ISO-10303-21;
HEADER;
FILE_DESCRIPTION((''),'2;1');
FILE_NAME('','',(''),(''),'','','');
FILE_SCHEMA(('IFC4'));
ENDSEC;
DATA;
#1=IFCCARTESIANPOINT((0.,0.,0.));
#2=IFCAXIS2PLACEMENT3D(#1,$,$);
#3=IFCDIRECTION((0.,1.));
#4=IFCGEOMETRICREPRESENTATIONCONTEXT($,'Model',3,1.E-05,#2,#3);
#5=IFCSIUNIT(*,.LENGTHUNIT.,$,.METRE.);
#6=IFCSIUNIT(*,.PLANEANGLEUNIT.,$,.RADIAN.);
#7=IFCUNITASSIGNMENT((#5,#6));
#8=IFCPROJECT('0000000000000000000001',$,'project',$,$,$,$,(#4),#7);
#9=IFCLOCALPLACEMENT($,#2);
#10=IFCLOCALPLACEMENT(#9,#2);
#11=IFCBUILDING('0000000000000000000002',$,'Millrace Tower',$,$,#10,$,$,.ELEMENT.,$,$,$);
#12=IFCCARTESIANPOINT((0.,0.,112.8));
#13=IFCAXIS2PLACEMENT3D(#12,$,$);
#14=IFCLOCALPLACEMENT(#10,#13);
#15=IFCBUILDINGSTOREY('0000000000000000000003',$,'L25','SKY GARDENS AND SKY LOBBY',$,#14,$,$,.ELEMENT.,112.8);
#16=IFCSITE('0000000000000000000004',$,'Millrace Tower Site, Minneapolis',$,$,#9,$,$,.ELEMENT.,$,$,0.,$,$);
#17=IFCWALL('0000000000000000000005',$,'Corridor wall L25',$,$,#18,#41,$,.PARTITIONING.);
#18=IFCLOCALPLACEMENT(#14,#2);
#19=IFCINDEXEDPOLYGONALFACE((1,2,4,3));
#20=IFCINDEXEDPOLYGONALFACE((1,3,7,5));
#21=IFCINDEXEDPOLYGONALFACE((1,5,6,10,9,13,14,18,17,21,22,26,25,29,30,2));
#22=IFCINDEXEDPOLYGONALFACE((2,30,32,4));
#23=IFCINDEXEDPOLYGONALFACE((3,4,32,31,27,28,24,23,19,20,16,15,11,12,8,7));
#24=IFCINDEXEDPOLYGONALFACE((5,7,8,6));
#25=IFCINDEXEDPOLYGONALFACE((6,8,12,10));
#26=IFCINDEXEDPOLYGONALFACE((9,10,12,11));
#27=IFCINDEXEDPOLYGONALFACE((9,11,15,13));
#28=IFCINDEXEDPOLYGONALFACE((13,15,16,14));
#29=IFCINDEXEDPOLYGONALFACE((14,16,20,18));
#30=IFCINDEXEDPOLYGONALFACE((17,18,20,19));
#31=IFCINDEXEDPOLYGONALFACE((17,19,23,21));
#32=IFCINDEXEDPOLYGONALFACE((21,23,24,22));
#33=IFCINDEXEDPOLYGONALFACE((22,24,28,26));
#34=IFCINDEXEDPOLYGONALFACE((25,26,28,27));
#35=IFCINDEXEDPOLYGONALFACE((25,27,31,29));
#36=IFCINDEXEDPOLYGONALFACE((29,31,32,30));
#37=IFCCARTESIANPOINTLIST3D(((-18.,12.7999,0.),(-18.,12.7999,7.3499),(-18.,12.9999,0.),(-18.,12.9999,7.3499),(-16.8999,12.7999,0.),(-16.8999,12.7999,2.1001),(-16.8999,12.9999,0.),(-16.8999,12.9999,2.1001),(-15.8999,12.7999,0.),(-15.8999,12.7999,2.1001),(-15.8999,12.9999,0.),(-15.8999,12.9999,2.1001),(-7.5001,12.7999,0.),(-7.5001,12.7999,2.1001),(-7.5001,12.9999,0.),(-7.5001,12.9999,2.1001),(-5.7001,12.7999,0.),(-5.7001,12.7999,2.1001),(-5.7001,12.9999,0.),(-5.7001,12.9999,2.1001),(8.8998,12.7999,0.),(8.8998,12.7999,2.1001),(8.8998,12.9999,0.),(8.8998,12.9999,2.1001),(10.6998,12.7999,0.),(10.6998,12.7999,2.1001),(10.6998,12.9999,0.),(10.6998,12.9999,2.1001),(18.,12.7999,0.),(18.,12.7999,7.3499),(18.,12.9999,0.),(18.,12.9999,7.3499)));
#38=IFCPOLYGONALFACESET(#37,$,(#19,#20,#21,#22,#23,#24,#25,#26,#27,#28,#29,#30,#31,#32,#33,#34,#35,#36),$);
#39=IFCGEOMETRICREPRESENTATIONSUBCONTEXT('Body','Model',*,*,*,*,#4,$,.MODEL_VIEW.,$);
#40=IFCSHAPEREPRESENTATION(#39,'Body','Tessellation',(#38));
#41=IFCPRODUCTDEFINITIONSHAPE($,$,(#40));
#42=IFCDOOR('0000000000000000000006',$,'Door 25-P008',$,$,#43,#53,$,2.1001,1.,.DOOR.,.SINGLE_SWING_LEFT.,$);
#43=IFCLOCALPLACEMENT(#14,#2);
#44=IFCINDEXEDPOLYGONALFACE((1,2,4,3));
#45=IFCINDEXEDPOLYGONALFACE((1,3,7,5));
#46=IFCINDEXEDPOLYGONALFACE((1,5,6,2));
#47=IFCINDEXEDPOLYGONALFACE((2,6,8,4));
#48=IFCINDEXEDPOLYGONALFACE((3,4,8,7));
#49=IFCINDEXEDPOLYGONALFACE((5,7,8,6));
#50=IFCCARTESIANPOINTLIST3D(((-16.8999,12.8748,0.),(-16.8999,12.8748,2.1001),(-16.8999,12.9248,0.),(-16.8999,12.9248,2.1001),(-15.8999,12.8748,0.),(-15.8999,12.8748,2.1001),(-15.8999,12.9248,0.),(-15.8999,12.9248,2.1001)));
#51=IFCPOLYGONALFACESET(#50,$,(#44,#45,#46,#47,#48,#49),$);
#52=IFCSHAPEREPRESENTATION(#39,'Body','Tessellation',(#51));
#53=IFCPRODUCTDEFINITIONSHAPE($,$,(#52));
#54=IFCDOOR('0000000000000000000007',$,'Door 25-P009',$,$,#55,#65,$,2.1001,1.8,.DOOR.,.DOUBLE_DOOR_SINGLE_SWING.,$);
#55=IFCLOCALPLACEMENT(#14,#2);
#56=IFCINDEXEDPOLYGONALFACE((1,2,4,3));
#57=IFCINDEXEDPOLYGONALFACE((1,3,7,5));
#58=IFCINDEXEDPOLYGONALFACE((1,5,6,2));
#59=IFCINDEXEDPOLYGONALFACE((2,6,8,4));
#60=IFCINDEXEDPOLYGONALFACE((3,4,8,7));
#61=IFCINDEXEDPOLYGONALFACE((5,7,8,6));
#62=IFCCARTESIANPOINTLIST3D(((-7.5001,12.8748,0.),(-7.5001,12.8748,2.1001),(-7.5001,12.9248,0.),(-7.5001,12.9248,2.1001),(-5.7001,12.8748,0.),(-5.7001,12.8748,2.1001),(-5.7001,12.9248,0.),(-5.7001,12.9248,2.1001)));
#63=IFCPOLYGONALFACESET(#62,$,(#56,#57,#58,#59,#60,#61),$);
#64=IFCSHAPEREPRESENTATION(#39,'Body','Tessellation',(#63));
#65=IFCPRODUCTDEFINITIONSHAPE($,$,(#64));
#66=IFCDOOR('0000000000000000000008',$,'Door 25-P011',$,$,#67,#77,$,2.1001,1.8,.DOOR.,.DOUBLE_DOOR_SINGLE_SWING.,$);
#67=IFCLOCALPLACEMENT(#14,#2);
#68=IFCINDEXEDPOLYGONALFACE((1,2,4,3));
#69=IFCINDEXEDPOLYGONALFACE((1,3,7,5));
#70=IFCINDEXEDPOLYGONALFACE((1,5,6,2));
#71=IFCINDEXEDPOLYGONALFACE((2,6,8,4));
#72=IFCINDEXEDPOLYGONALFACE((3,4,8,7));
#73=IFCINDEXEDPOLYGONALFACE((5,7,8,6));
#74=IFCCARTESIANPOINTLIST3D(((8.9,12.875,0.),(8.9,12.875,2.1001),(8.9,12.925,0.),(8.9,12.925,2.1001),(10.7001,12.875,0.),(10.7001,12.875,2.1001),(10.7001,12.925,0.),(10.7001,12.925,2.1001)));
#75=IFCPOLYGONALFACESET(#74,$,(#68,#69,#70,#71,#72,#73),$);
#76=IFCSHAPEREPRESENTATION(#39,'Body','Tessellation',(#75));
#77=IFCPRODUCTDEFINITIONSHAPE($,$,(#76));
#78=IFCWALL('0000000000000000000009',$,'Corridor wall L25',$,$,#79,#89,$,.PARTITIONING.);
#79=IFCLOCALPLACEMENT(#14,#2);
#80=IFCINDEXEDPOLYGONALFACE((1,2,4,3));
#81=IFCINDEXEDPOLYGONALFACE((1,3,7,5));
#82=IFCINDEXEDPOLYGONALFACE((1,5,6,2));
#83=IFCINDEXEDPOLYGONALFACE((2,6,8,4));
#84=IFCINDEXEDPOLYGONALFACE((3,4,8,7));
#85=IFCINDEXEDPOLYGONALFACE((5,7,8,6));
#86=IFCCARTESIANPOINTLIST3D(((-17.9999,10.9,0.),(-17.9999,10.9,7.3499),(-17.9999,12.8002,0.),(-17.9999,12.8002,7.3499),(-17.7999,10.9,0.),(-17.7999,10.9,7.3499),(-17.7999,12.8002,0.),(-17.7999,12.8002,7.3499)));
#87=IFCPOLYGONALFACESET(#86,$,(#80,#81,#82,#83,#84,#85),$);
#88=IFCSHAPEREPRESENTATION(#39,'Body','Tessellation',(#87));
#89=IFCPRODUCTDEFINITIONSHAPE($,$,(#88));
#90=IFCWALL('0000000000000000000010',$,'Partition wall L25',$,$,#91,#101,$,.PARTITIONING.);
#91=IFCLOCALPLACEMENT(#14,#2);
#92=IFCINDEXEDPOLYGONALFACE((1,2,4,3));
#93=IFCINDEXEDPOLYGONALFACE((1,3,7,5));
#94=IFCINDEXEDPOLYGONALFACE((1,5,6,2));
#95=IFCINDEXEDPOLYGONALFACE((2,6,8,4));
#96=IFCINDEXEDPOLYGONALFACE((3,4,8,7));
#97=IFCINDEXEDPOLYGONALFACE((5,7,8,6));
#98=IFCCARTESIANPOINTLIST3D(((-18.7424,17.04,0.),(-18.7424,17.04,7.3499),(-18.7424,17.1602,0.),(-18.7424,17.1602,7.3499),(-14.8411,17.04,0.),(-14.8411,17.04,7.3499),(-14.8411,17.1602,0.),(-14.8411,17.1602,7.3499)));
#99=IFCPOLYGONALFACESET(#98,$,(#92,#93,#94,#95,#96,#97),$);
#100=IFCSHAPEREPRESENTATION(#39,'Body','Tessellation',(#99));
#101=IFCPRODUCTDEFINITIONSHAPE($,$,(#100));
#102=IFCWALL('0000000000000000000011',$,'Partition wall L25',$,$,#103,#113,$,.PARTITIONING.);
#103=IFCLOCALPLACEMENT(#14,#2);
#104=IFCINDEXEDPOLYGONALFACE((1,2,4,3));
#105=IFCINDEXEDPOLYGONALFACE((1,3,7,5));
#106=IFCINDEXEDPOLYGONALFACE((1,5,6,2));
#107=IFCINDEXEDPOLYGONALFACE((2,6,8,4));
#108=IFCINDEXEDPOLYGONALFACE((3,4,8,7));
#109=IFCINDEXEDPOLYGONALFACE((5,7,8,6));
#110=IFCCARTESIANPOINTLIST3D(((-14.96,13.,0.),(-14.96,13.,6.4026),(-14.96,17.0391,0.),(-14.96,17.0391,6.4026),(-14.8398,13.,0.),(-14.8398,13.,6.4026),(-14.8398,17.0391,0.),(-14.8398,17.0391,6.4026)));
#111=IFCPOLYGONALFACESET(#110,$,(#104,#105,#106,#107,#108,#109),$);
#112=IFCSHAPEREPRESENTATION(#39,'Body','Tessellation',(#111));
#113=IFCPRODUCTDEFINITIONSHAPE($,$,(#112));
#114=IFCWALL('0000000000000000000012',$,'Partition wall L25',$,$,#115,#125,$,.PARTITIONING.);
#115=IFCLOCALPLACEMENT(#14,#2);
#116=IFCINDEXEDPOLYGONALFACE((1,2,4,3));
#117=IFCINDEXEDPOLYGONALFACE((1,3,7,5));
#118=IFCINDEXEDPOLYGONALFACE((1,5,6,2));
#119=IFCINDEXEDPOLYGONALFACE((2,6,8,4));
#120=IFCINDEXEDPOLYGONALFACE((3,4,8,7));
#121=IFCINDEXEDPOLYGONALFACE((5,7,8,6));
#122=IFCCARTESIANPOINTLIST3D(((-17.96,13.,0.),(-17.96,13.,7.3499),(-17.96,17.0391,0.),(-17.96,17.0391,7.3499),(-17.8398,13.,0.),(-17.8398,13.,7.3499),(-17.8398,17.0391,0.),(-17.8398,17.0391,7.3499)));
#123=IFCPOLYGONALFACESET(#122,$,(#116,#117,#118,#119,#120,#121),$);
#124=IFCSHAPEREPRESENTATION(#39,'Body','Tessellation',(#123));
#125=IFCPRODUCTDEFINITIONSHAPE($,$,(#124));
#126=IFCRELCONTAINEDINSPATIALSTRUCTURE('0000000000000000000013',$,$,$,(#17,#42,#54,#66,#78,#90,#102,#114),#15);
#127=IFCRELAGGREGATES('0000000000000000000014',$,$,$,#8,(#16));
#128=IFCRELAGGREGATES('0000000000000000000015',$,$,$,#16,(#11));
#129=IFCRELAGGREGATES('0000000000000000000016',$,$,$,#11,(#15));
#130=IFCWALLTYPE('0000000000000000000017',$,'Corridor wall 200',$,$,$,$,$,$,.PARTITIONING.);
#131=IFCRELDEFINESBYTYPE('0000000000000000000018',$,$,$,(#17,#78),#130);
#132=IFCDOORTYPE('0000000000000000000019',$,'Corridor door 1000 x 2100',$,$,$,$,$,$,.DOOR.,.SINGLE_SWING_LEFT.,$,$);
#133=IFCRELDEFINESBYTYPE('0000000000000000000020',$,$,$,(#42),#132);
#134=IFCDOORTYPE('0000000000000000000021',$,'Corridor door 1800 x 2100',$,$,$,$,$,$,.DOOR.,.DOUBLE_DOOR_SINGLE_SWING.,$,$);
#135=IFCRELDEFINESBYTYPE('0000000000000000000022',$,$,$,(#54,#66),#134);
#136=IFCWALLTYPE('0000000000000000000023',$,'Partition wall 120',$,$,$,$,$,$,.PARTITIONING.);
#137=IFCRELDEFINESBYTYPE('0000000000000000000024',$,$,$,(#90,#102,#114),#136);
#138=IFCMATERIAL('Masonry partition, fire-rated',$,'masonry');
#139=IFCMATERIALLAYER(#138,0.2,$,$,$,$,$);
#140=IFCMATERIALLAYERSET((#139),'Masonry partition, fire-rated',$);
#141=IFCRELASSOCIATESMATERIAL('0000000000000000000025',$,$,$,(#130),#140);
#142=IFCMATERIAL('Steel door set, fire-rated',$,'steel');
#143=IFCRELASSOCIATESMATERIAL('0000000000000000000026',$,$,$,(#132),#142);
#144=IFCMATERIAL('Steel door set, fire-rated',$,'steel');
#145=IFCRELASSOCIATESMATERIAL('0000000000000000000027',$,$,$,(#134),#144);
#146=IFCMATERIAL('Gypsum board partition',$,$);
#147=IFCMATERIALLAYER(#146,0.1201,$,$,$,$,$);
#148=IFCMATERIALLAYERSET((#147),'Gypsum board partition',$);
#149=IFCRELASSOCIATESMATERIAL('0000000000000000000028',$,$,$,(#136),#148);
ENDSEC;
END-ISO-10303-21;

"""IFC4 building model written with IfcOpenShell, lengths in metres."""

from ifc_helpers import new_model, si_unit, direction, frame, frame_2d, origin, place, context, subcontext, project, spatial, rectangle, extrude, material, layer, layer_set, type_object, element, fill, save


model = new_model("IFC4")

# Units and contexts
model_context = context("Model", 3, precision=1e-05, world=origin(), true_north=direction((0.0, 1.0)))
body_context = subcontext(model_context, "Body", "Model", "MODEL_VIEW")
ifc_project = project(units=[si_unit("LENGTHUNIT", "METRE"), si_unit("PLANEANGLEUNIT", "RADIAN")], contexts=[model_context])

# Site, building, storey
site_placement = place(None, origin())
site = spatial("IfcSite", under=ifc_project, at=site_placement, Name="Millrace Tower Site, Minneapolis", CompositionType="ELEMENT", RefElevation=0.0)
building_placement = place(site_placement, origin())
building = spatial("IfcBuilding", under=site, at=building_placement, Name="Millrace Tower", CompositionType="ELEMENT")
storey_placement = place(building_placement, frame((0.0, 0.0, 112.8)))
storey = spatial("IfcBuildingStorey", under=building, at=storey_placement, Name="L25", Description="SKY GARDENS AND SKY LOBBY", CompositionType="ELEMENT", Elevation=112.8)

# Shared definitions
ifc_material_1 = material(Name="Masonry partition, fire-rated", Category="masonry")
ifc_layer_1 = layer(ifc_material_1, 0.2)
ifc_layer_set_1 = layer_set([ifc_layer_1], Name="Masonry partition, fire-rated")
wall_type_1 = type_object("IfcWallType", Name="Corridor wall 200", PredefinedType="PARTITIONING", material=ifc_layer_set_1)
ifc_material_2 = material(Name="Steel door set, fire-rated", Category="steel")
door_type_1 = type_object("IfcDoorType", Name="Corridor door 1000 x 2100", OperationType="SINGLE_SWING_LEFT", PredefinedType="DOOR", material=ifc_material_2)

# Wall, openings, doors
wall_1_placement = place(storey_placement, frame((-18.0, 12.8999, 0.0), z_axis=(0.0, 0.0, 1.0), x_axis=(1.0, 0.0, 0.0)))
wall_1 = element("IfcWall", 1, at=wall_1_placement, inside=storey, type_object=wall_type_1, Name="Corridor wall L25", PredefinedType="PARTITIONING", context=body_context, shape_type="SweptSolid", body=[
    extrude(rectangle(XDim=36.0, YDim=0.2, at=frame_2d((18.0, 0.0))), origin(), (0.0, 0.0, 1.0), 7.3499),
])
opening_1_placement = place(wall_1_placement, frame((1.1001, 0.0, 0.0)))
opening_1 = element("IfcOpeningElement", 2, at=opening_1_placement, cuts=wall_1, PredefinedType="OPENING", context=body_context, shape_type="SweptSolid", body=[
    extrude(rectangle(XDim=1.0, YDim=2.1001, at=frame_2d((0.5, 1.05))), frame((0.0, 0.1099, 0.0), z_axis=(0.0, -1.0, 0.0), x_axis=(1.0, 0.0, 0.0)), (0.0, 0.0, 1.0), 0.22),
])
opening_2_placement = place(wall_1_placement, frame((10.5, 0.0, 0.0)))
opening_2 = element("IfcOpeningElement", 3, at=opening_2_placement, cuts=wall_1, PredefinedType="OPENING", context=body_context, shape_type="SweptSolid", body=[
    extrude(rectangle(XDim=1.8, YDim=2.1001, at=frame_2d((0.8999, 1.05))), frame((0.0, 0.1099, 0.0), z_axis=(0.0, -1.0, 0.0), x_axis=(1.0, 0.0, 0.0)), (0.0, 0.0, 1.0), 0.22),
])
opening_3_placement = place(wall_1_placement, frame((26.8999, 0.0, 0.0)))
opening_3 = element("IfcOpeningElement", 4, at=opening_3_placement, cuts=wall_1, PredefinedType="OPENING", context=body_context, shape_type="SweptSolid", body=[
    extrude(rectangle(XDim=1.8, YDim=2.1001, at=frame_2d((0.8999, 1.05))), frame((0.0, 0.1099, 0.0), z_axis=(0.0, -1.0, 0.0), x_axis=(1.0, 0.0, 0.0)), (0.0, 0.0, 1.0), 0.22),
])
door_1_placement = place(opening_1_placement, origin())
door_1 = element("IfcDoor", 5, at=door_1_placement, inside=storey, type_object=door_type_1, Name="Door 25-P008", OperationType="SINGLE_SWING_LEFT", OverallHeight=2.1001, OverallWidth=1.0, PredefinedType="DOOR", context=body_context, shape_type="SweptSolid", body=[
    extrude(rectangle(XDim=1.0, YDim=2.1001, at=frame_2d((0.5, 1.05))), frame((0.0, 0.0249, 0.0), z_axis=(0.0, -1.0, 0.0), x_axis=(1.0, 0.0, 0.0)), (0.0, 0.0, 1.0), 0.05),
])
fill(opening_1, door_1)
ifc_material_3 = material(Name="Steel door set, fire-rated", Category="steel")
door_type_2 = type_object("IfcDoorType", Name="Corridor door 1800 x 2100", OperationType="DOUBLE_DOOR_SINGLE_SWING", PredefinedType="DOOR", material=ifc_material_3)
door_2_placement = place(opening_2_placement, origin())
door_2 = element("IfcDoor", 6, at=door_2_placement, inside=storey, type_object=door_type_2, Name="Door 25-P009", OperationType="DOUBLE_DOOR_SINGLE_SWING", OverallHeight=2.1001, OverallWidth=1.8, PredefinedType="DOOR", context=body_context, shape_type="SweptSolid", body=[
    extrude(rectangle(XDim=1.8, YDim=2.1001, at=frame_2d((0.8999, 1.05))), frame((0.0, 0.0249, 0.0), z_axis=(0.0, -1.0, 0.0), x_axis=(1.0, 0.0, 0.0)), (0.0, 0.0, 1.0), 0.05),
])
fill(opening_2, door_2)
door_3_placement = place(opening_3_placement, frame((1.8, 0.0, 0.0), z_axis=(0.0, 0.0, 1.0), x_axis=(-1.0, 0.0, 0.0)))
door_3 = element("IfcDoor", 7, at=door_3_placement, inside=storey, type_object=door_type_2, Name="Door 25-P011", OperationType="DOUBLE_DOOR_SINGLE_SWING", OverallHeight=2.1001, OverallWidth=1.8, PredefinedType="DOOR", context=body_context, shape_type="SweptSolid", body=[
    extrude(rectangle(XDim=1.8, YDim=2.1001, at=frame_2d((0.8999, 1.05))), frame((0.0, 0.0249, 0.0), z_axis=(0.0, -1.0, 0.0), x_axis=(1.0, 0.0, 0.0)), (0.0, 0.0, 1.0), 0.05),
])
fill(opening_3, door_3)

# Walls
wall_2_placement = place(storey_placement, frame((-17.8999, 10.8999, 0.0), z_axis=(0.0, 0.0, 1.0), x_axis=(0.0, 1.0, 0.0)))
element("IfcWall", 8, at=wall_2_placement, inside=storey, type_object=wall_type_1, Name="Corridor wall L25", PredefinedType="PARTITIONING", context=body_context, shape_type="SweptSolid", body=[
    extrude(rectangle(XDim=1.9001, YDim=0.2, at=frame_2d((0.9502, 0.0))), origin(), (0.0, 0.0, 1.0), 7.3499),
])
ifc_material_4 = material(Name="Gypsum board partition")
ifc_layer_2 = layer(ifc_material_4, 0.1201)
ifc_layer_set_2 = layer_set([ifc_layer_2], Name="Gypsum board partition")
wall_type_2 = type_object("IfcWallType", Name="Partition wall 120", PredefinedType="PARTITIONING", material=ifc_layer_set_2)
wall_3_placement = place(storey_placement, frame((-18.7424, 17.1001, 0.0), z_axis=(0.0, 0.0, 1.0), x_axis=(1.0, 0.0, 0.0)))
element("IfcWall", 9, at=wall_3_placement, inside=storey, type_object=wall_type_2, Name="Partition wall L25", PredefinedType="PARTITIONING", context=body_context, shape_type="SweptSolid", body=[
    extrude(rectangle(XDim=3.9014, YDim=0.1201, at=frame_2d((1.9507, 0.0))), origin(), (0.0, 0.0, 1.0), 7.3499),
])
wall_4_placement = place(storey_placement, frame((-14.8999, 13.0, 0.0), z_axis=(0.0, 0.0, 1.0), x_axis=(0.0, 1.0, 0.0)))
element("IfcWall", 10, at=wall_4_placement, inside=storey, type_object=wall_type_2, Name="Partition wall L25", PredefinedType="PARTITIONING", context=body_context, shape_type="SweptSolid", body=[
    extrude(rectangle(XDim=4.0391, YDim=0.1201, at=frame_2d((2.0195, 0.0))), origin(), (0.0, 0.0, 1.0), 6.4026),
])
wall_5_placement = place(storey_placement, frame((-17.8999, 13.0, 0.0), z_axis=(0.0, 0.0, 1.0), x_axis=(0.0, 1.0, 0.0)))
element("IfcWall", 11, at=wall_5_placement, inside=storey, type_object=wall_type_2, Name="Partition wall L25", PredefinedType="PARTITIONING", context=body_context, shape_type="SweptSolid", body=[
    extrude(rectangle(XDim=4.0391, YDim=0.1201, at=frame_2d((2.0195, 0.0))), origin(), (0.0, 0.0, 1.0), 7.3499),
])

save(model, "model.ifc")
